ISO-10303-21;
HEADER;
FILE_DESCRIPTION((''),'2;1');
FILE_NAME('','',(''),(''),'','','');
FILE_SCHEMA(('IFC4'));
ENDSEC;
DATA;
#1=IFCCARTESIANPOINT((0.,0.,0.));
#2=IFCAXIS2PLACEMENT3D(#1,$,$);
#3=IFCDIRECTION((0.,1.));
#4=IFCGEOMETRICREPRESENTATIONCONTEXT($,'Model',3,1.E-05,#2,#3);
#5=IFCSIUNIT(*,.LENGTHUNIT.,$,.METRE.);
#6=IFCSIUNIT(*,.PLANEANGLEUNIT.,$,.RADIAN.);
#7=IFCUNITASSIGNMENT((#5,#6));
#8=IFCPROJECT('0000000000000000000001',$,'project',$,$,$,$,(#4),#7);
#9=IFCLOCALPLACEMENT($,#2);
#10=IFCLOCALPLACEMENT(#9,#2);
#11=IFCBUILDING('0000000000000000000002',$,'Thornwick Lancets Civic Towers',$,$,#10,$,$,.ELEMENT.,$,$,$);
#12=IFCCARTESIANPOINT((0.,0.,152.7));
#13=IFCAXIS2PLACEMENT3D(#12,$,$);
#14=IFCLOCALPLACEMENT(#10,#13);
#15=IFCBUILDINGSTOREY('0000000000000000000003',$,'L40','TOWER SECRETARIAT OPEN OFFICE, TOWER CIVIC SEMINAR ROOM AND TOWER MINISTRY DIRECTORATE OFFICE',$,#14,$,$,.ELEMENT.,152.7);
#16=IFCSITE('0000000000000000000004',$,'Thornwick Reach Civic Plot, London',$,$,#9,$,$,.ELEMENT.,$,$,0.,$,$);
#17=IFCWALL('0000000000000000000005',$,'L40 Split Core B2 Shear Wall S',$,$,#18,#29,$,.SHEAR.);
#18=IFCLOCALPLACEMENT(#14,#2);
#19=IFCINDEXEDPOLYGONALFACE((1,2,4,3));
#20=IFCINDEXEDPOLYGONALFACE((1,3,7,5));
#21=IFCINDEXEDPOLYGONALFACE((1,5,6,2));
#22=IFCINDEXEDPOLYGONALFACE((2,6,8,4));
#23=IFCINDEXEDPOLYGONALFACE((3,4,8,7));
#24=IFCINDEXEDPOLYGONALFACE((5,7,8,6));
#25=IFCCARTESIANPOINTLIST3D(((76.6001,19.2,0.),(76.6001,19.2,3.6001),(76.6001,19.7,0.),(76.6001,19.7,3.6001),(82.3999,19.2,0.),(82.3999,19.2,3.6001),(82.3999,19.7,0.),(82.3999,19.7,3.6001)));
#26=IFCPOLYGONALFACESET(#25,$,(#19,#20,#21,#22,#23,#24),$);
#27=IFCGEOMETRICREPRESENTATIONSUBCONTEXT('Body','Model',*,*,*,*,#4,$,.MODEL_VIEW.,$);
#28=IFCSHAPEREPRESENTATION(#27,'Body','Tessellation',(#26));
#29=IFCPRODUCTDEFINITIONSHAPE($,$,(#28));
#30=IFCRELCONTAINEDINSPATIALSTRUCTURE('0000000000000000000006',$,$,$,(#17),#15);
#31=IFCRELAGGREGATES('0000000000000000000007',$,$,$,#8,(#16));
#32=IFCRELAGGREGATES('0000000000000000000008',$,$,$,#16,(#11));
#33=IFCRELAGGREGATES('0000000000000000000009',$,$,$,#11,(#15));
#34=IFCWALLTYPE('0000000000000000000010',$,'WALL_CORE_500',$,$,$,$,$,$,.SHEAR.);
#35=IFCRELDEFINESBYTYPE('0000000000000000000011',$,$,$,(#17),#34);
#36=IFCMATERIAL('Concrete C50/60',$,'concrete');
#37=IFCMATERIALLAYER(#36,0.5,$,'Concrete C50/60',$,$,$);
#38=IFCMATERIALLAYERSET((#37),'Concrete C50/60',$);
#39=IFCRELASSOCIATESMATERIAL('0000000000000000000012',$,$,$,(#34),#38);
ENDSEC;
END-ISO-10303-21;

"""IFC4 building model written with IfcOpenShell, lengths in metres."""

from ifc_helpers import new_model, si_unit, direction, frame, frame_2d, origin, place, context, subcontext, project, spatial, rectangle, extrude, material, layer, layer_set, type_object, element, save


model = new_model("IFC4")

# Units and contexts
model_context = context("Model", 3, precision=1e-05, world=origin(), true_north=direction((0.0, 1.0)))
body_context = subcontext(model_context, "Body", "Model", "MODEL_VIEW")
ifc_project = project(units=[si_unit("LENGTHUNIT", "METRE"), si_unit("PLANEANGLEUNIT", "RADIAN")], contexts=[model_context])

# Site, building, storey
site_placement = place(None, origin())
site = spatial("IfcSite", under=ifc_project, at=site_placement, Name="Thornwick Reach Civic Plot, London", CompositionType="ELEMENT", RefElevation=0.0)
building_placement = place(site_placement, origin())
building = spatial("IfcBuilding", under=site, at=building_placement, Name="Thornwick Lancets Civic Towers", CompositionType="ELEMENT")
storey_placement = place(building_placement, frame((0.0, 0.0, 152.7)))
storey = spatial("IfcBuildingStorey", under=building, at=storey_placement, Name="L40", Description="TOWER SECRETARIAT OPEN OFFICE, TOWER CIVIC SEMINAR ROOM AND TOWER MINISTRY DIRECTORATE OFFICE", CompositionType="ELEMENT", Elevation=152.7)

# Shared definitions
ifc_material_1 = material(Name="Concrete C50/60", Category="concrete")

# Wall
ifc_layer_1 = layer(ifc_material_1, 0.5, Name="Concrete C50/60")
ifc_layer_set_1 = layer_set([ifc_layer_1], Name="Concrete C50/60")
wall_type_1 = type_object("IfcWallType", Name="WALL_CORE_500", PredefinedType="SHEAR", material=ifc_layer_set_1)
wall_1_placement = place(storey_placement, frame((76.6001, 19.45, 0.0), z_axis=(0.0, 0.0, 1.0), x_axis=(1.0, 0.0, 0.0)))
element("IfcWall", 1, at=wall_1_placement, inside=storey, type_object=wall_type_1, Name="L40 Split Core B2 Shear Wall S", PredefinedType="SHEAR", context=body_context, shape_type="SweptSolid", body=[
    extrude(rectangle(XDim=5.7998, YDim=0.5, at=frame_2d((2.8999, 0.0))), origin(), (0.0, 0.0, 1.0), 3.6001),
])

save(model, "model.ifc")
